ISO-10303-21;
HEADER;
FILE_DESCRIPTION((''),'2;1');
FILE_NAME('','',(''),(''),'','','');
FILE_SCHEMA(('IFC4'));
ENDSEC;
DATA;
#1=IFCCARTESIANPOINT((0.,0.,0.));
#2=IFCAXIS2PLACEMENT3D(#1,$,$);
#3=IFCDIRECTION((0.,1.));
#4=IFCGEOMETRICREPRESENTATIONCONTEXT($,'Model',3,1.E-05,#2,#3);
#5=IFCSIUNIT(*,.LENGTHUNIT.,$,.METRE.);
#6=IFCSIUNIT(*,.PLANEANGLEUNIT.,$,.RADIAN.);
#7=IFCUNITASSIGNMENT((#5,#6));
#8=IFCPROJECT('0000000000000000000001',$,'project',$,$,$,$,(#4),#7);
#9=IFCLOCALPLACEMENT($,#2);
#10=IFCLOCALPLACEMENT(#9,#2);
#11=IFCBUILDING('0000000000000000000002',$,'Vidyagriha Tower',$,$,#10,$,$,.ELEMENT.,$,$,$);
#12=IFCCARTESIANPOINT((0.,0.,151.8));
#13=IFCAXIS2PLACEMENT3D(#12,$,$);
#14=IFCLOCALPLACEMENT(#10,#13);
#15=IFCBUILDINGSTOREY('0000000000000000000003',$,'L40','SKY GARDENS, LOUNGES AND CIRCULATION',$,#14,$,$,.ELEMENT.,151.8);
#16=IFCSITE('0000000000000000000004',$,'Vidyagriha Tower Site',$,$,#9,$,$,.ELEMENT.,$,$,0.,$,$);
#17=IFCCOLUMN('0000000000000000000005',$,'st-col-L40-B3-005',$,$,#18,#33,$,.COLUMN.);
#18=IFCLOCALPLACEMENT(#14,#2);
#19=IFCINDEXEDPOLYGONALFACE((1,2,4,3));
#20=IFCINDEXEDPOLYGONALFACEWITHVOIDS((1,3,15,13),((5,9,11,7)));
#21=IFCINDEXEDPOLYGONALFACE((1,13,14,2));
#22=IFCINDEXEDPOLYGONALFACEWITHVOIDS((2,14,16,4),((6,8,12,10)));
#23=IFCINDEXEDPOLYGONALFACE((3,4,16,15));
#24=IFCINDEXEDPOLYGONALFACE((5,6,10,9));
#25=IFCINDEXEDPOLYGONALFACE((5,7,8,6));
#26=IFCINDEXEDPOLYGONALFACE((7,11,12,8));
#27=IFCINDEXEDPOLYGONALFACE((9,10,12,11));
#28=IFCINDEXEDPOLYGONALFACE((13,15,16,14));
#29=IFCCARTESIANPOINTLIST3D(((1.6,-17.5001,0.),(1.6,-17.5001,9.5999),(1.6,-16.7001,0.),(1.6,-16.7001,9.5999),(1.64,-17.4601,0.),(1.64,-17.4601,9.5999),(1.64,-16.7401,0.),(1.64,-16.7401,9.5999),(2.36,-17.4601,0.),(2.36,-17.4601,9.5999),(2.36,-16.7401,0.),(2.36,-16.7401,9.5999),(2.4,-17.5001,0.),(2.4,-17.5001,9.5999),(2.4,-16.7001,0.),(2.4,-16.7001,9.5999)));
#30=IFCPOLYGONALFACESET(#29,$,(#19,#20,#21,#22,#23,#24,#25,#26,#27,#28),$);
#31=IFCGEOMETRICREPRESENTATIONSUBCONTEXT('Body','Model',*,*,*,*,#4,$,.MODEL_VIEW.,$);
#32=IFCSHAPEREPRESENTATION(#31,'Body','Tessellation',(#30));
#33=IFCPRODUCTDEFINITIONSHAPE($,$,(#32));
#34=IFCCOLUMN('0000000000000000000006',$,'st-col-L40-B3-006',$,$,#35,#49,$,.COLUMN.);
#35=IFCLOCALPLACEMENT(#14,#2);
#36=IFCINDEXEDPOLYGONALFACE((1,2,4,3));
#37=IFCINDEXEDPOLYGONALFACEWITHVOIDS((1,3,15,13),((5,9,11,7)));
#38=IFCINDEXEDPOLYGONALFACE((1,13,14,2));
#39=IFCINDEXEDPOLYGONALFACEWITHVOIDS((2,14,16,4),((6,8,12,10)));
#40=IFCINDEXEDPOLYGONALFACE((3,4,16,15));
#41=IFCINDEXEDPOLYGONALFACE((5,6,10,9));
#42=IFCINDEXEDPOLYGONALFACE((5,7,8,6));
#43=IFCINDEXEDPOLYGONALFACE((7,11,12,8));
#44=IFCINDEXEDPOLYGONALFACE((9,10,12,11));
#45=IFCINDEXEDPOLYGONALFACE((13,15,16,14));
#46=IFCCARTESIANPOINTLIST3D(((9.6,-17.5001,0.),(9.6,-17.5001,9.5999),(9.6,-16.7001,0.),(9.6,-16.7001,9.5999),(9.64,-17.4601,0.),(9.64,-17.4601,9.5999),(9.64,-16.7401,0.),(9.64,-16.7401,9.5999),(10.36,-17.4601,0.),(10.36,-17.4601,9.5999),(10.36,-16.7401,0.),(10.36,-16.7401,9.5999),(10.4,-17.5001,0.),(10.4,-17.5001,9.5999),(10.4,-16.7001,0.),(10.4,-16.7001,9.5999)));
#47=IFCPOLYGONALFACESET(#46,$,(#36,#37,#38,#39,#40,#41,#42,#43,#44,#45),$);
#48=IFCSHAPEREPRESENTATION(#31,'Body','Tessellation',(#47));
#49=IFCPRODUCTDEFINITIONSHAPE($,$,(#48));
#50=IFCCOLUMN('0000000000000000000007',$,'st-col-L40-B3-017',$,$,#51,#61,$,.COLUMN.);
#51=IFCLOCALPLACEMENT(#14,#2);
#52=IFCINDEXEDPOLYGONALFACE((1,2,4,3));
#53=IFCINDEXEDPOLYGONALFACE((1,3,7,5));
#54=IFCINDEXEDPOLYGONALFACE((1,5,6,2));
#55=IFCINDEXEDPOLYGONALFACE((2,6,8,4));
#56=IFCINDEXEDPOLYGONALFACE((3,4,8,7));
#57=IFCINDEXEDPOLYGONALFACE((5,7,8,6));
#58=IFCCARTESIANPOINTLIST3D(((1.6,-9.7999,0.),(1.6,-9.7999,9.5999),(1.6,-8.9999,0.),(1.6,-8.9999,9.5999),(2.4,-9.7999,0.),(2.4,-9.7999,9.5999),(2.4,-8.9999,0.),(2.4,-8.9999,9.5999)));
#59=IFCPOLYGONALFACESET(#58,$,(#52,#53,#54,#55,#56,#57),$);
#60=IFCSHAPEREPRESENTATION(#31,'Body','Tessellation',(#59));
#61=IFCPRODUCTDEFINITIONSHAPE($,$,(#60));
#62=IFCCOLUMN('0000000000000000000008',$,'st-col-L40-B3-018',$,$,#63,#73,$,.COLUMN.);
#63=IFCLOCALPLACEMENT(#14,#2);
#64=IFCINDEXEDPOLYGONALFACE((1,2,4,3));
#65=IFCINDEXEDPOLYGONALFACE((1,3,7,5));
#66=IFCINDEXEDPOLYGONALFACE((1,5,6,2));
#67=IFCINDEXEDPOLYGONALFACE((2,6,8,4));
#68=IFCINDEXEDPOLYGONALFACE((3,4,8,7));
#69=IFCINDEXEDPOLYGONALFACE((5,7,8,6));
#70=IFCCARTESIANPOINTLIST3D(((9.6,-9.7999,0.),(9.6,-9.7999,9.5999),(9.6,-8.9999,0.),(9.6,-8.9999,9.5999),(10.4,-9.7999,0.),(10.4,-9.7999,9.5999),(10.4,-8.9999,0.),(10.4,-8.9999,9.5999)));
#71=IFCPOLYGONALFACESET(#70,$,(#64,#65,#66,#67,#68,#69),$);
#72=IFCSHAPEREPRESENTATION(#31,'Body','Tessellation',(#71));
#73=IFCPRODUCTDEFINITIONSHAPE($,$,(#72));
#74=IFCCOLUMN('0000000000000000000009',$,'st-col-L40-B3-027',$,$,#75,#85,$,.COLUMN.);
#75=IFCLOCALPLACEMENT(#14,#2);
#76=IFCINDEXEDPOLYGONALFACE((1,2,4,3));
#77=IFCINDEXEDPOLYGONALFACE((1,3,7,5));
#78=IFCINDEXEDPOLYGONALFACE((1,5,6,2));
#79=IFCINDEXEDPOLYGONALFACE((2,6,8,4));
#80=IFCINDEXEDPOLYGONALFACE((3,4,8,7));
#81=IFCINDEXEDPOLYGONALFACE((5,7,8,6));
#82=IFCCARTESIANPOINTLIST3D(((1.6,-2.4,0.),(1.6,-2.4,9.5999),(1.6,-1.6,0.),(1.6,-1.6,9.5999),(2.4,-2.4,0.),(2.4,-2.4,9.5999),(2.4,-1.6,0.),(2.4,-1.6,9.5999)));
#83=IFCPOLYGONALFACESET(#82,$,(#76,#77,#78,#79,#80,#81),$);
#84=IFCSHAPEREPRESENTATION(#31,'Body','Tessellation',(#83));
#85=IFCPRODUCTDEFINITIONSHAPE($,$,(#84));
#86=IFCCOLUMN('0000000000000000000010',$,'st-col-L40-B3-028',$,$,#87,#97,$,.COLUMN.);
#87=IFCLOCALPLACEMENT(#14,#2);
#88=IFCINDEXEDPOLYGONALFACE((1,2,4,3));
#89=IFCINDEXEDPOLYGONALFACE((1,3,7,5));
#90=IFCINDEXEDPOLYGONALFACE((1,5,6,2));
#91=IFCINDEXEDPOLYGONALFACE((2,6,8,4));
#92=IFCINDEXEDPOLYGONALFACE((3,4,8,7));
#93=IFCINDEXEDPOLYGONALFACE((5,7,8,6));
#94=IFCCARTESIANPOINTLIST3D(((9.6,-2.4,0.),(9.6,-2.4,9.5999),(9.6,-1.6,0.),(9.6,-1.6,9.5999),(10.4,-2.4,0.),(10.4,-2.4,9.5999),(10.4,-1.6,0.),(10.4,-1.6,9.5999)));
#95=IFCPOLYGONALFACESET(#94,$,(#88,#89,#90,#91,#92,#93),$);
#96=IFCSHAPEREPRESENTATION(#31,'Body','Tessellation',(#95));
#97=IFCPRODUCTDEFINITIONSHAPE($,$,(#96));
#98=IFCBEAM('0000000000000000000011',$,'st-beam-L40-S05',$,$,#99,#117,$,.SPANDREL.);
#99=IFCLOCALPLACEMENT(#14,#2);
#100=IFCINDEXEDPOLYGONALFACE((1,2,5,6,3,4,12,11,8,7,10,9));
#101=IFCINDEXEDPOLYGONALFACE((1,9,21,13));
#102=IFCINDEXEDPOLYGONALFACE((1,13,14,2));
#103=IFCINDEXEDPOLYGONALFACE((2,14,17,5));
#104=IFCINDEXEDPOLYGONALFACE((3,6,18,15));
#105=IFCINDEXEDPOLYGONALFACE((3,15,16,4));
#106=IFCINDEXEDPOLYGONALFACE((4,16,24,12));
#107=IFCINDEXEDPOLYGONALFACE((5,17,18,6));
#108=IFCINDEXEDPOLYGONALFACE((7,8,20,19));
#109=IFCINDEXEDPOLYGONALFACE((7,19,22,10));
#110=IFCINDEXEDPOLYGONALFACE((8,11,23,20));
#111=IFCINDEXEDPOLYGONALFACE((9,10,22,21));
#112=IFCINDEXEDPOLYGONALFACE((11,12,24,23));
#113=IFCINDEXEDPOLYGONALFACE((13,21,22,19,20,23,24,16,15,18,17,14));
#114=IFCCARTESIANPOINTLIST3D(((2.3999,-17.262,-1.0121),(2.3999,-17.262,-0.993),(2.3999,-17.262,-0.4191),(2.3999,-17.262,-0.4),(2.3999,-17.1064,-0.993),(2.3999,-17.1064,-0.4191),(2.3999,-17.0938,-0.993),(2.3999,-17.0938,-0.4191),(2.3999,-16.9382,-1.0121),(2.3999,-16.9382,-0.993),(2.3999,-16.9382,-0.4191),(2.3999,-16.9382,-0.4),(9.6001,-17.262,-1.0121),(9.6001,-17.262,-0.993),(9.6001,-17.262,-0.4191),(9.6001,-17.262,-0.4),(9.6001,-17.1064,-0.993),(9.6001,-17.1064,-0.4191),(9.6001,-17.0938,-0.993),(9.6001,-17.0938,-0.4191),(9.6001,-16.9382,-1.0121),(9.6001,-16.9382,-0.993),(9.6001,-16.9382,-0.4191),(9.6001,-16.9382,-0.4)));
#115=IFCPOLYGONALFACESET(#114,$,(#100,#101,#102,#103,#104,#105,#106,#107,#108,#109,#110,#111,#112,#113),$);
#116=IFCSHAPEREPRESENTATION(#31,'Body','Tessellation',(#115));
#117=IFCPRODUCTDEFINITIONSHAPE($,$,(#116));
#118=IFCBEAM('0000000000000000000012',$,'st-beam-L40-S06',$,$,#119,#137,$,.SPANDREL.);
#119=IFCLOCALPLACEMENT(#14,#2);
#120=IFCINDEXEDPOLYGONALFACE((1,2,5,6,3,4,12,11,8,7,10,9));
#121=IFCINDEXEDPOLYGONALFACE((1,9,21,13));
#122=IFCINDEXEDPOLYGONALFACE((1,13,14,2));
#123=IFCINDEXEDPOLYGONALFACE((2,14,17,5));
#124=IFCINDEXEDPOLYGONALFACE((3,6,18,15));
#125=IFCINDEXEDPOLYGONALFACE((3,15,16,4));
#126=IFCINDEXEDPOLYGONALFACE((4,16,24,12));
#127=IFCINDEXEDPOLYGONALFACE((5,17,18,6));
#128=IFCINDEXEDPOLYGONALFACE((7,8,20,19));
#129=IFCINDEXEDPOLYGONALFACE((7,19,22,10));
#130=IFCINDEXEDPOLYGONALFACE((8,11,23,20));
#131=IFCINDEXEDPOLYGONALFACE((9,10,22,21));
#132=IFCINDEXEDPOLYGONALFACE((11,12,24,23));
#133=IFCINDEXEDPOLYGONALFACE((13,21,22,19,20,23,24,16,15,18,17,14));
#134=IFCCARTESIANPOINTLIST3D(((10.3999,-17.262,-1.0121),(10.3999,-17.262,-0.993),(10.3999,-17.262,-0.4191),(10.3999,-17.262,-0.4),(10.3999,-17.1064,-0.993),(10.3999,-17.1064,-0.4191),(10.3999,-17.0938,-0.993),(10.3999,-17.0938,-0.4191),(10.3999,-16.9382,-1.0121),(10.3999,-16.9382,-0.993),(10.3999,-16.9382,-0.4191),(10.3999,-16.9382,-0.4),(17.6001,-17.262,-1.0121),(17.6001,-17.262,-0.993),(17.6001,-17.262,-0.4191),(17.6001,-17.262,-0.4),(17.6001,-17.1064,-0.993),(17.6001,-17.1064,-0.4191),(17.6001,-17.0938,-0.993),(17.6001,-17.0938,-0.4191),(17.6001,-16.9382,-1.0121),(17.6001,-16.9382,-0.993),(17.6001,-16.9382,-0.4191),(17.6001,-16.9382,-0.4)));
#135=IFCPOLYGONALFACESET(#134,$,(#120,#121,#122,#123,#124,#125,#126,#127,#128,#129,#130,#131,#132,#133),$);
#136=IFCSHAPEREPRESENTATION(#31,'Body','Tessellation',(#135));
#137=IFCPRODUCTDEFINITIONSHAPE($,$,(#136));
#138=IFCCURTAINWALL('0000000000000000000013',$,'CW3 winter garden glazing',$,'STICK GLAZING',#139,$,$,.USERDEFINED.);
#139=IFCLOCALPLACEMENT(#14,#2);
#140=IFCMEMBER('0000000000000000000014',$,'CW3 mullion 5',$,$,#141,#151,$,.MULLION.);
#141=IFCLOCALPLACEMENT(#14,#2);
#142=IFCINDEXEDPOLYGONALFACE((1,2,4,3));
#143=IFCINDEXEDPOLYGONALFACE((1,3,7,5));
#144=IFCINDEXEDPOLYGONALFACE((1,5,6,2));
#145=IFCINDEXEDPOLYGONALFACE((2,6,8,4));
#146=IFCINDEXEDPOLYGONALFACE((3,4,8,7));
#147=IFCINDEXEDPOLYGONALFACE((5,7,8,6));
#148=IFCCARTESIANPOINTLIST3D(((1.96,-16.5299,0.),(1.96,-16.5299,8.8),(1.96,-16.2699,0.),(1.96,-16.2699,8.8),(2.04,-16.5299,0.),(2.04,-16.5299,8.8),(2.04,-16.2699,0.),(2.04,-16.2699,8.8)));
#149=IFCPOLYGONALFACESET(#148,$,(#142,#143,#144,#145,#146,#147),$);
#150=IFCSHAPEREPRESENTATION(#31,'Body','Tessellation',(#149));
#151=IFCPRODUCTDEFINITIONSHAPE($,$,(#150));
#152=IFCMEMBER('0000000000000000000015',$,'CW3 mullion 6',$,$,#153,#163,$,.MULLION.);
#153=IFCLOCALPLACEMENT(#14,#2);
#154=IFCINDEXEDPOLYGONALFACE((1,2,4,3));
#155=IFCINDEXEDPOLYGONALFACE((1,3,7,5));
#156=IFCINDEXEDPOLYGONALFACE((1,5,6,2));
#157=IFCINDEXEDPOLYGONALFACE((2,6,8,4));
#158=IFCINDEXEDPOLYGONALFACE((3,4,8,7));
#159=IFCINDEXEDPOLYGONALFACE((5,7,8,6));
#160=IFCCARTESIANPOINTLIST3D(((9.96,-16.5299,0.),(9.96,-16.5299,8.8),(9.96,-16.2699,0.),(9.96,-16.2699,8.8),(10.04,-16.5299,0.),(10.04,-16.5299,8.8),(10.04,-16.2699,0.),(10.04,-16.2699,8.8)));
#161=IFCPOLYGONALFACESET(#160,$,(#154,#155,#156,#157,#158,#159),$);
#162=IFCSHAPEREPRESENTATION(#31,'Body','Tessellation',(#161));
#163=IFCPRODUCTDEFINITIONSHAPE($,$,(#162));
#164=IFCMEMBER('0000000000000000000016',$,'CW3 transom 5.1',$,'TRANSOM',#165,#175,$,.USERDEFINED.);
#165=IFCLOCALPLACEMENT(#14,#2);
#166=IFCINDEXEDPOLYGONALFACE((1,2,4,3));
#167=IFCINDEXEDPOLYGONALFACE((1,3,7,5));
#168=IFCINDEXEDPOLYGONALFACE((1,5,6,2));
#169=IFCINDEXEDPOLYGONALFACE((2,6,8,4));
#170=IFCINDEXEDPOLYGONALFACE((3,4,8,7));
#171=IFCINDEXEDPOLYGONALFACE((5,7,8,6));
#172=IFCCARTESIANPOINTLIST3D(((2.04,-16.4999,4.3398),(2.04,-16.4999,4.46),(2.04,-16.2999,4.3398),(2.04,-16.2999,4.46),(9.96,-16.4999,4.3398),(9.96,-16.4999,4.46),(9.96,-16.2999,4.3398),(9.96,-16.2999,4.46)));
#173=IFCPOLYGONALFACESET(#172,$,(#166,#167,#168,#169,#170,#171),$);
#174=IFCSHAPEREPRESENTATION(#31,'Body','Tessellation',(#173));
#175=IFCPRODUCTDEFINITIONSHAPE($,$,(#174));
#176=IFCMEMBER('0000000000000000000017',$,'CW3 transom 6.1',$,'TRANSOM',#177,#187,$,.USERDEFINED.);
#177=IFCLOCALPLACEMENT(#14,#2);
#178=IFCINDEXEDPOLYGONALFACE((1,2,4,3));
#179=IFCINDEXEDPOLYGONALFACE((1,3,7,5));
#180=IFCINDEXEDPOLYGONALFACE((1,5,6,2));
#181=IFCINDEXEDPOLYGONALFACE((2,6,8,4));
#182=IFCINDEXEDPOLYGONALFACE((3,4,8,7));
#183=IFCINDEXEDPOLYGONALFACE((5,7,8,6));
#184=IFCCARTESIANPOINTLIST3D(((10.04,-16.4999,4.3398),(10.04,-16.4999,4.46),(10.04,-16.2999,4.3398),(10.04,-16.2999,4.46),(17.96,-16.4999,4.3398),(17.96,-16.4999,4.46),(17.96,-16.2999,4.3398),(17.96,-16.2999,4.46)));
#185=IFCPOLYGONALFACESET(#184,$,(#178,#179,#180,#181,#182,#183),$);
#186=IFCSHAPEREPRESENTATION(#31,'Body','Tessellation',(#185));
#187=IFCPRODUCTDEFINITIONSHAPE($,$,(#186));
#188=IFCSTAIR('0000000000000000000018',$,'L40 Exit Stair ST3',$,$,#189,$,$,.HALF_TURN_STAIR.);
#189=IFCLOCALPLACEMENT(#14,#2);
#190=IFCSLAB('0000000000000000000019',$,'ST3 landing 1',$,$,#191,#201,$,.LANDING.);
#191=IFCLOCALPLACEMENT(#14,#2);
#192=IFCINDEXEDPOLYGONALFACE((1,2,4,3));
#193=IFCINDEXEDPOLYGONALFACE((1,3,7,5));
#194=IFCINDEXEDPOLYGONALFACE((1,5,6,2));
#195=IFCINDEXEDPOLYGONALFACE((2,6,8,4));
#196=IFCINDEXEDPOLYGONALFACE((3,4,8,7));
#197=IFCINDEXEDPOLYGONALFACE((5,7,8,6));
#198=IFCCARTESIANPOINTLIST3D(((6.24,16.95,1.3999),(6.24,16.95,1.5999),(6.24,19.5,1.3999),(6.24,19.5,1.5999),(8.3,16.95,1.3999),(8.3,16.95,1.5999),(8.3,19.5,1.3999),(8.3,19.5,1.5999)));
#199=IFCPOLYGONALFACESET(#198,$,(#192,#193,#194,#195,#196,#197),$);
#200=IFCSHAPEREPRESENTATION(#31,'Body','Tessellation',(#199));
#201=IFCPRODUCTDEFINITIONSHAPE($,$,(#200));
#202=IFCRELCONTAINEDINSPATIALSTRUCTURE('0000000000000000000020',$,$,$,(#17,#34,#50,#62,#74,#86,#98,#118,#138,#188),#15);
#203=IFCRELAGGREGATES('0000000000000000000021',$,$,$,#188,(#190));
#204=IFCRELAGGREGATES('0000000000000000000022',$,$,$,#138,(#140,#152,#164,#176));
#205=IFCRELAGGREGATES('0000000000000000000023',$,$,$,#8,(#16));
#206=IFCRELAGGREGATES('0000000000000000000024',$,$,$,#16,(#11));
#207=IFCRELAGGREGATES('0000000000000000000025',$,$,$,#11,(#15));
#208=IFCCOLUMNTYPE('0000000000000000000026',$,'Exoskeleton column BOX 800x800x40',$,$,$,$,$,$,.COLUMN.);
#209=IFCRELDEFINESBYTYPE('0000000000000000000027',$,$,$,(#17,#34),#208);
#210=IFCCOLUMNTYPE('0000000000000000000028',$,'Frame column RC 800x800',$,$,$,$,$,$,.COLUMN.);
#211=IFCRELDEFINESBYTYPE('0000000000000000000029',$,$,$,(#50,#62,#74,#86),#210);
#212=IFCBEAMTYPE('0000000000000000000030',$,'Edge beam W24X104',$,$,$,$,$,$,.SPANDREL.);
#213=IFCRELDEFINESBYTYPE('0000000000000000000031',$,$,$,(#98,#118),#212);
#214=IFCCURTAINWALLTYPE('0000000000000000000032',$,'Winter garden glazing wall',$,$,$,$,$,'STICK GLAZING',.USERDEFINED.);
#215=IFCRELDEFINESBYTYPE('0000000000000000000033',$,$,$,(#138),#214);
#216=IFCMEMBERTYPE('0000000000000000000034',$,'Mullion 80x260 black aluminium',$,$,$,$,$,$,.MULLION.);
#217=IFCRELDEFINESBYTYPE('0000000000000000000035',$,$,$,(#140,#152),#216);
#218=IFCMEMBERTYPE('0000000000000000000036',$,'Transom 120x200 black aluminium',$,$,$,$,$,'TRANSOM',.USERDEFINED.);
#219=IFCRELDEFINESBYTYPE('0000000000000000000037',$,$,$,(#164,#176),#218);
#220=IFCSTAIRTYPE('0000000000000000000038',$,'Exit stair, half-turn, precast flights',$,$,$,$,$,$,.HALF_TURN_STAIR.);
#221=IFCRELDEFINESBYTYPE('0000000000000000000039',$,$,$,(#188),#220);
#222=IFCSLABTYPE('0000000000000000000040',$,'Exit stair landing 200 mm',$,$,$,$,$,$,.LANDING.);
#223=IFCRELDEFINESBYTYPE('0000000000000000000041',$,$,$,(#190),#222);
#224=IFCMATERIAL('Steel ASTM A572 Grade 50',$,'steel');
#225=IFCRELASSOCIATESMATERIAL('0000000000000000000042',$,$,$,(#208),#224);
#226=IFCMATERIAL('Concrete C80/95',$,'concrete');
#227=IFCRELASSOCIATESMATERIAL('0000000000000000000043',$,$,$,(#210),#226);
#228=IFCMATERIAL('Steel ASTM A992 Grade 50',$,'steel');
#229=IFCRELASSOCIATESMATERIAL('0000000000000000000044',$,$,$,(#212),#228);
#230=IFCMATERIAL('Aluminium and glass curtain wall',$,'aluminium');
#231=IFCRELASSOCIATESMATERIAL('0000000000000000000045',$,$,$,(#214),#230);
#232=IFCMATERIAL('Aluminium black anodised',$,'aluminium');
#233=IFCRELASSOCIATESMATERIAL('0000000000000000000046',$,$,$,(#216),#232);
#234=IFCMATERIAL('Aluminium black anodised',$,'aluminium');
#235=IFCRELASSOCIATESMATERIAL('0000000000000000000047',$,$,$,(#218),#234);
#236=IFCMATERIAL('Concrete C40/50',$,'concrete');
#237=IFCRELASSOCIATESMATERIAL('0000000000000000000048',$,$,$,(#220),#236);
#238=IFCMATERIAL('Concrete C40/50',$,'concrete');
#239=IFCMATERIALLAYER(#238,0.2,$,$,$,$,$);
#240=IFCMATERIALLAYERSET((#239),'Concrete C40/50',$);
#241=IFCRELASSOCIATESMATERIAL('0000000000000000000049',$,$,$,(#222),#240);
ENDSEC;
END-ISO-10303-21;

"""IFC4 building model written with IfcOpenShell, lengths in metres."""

from ifc_helpers import new_model, si_unit, direction, frame, origin, origin_2d, place, context, subcontext, project, spatial, polyline, rectangle, hollow_rectangle, i_section, outline, extrude, material, layer, layer_set, material_profile, profile_set, type_object, element, aggregate, save


model = new_model("IFC4")

# Units and contexts
model_context = context("Model", 3, precision=1e-05, world=origin(), true_north=direction((0.0, 1.0)))
body_context = subcontext(model_context, "Body", "Model", "MODEL_VIEW")
ifc_project = project(units=[si_unit("LENGTHUNIT", "METRE"), si_unit("PLANEANGLEUNIT", "RADIAN")], contexts=[model_context])

# Site, building, storey
site_placement = place(None, origin())
site = spatial("IfcSite", under=ifc_project, at=site_placement, Name="Vidyagriha Tower Site", CompositionType="ELEMENT", RefElevation=0.0)
building_placement = place(site_placement, origin())
building = spatial("IfcBuilding", under=site, at=building_placement, Name="Vidyagriha Tower", CompositionType="ELEMENT")
storey_placement = place(building_placement, frame((0.0, 0.0, 151.8)))
storey = spatial("IfcBuildingStorey", under=building, at=storey_placement, Name="L40", Description="SKY GARDENS, LOUNGES AND CIRCULATION", CompositionType="ELEMENT", Elevation=151.8)

# Columns
ifc_material_1 = material(Name="Steel ASTM A572 Grade 50", Category="steel")
ifc_material_profile_1 = material_profile(ifc_material_1, hollow_rectangle(XDim=0.8, YDim=0.8, WallThickness=0.04, at=origin_2d()), Name="BOX 800x800x40")
ifc_profile_set_1 = profile_set([ifc_material_profile_1], Name="Steel ASTM A572 Grade 50")
column_type_1 = type_object("IfcColumnType", Name="Exoskeleton column BOX 800x800x40", PredefinedType="COLUMN", material=ifc_profile_set_1)
for number, where, name in (
    (1, (2.0, -17.1001, 0.0), "st-col-L40-B3-005"),
    (2, (10.0, -17.1001, 0.0), "st-col-L40-B3-006"),
):
    element("IfcColumn", number, at=place(storey_placement, frame(where)), inside=storey, type_object=column_type_1, Name=name, PredefinedType="COLUMN", context=body_context, shape_type="SweptSolid", body=[
        extrude(hollow_rectangle(XDim=0.8, YDim=0.8, WallThickness=0.04, at=origin_2d()), origin(), (0.0, 0.0, 1.0), 9.5999),
    ])
ifc_material_2 = material(Name="Concrete C80/95", Category="concrete")
ifc_material_profile_2 = material_profile(ifc_material_2, rectangle(XDim=0.8, YDim=0.8, at=origin_2d()), Name="RC 800x800")
ifc_profile_set_2 = profile_set([ifc_material_profile_2], Name="Concrete C80/95")
column_type_2 = type_object("IfcColumnType", Name="Frame column RC 800x800", PredefinedType="COLUMN", material=ifc_profile_set_2)
for number, where, name in (
    (3, (2.0, -9.3999, 0.0), "st-col-L40-B3-017"),
    (4, (10.0, -9.3999, 0.0), "st-col-L40-B3-018"),
    (5, (2.0, -2.0, 0.0), "st-col-L40-B3-027"),
    (6, (10.0, -2.0, 0.0), "st-col-L40-B3-028"),
):
    element("IfcColumn", number, at=place(storey_placement, frame(where)), inside=storey, type_object=column_type_2, Name=name, PredefinedType="COLUMN", context=body_context, shape_type="SweptSolid", body=[
        extrude(rectangle(XDim=0.8, YDim=0.8, at=origin_2d()), origin(), (0.0, 0.0, 1.0), 9.5999),
    ])

# Beams
ifc_material_3 = material(Name="Steel ASTM A992 Grade 50", Category="steel")
ifc_material_profile_3 = material_profile(ifc_material_3, i_section(OverallWidth=0.3237, OverallDepth=0.6121, WebThickness=0.0127, FlangeThickness=0.019, at=origin_2d()), Name="W24X104")
ifc_profile_set_3 = profile_set([ifc_material_profile_3], Name="Steel ASTM A992 Grade 50")
beam_type = type_object("IfcBeamType", Name="Edge beam W24X104", PredefinedType="SPANDREL", material=ifc_profile_set_3)
for number, where, z_axis, x_axis, name in (
    (7, (2.3999, -17.1001, -0.7061), (1.0, 0.0, 0.0), (0.0, 1.0, 0.0), "st-beam-L40-S05"),
    (8, (10.3999, -17.1001, -0.7061), (1.0, 0.0, 0.0), (0.0, 1.0, 0.0), "st-beam-L40-S06"),
):
    element("IfcBeam", number, at=place(storey_placement, frame(where, z_axis=z_axis, x_axis=x_axis)), inside=storey, type_object=beam_type, Name=name, PredefinedType="SPANDREL", context=body_context, shape_type="SweptSolid", body=[
        extrude(i_section(OverallWidth=0.3237, OverallDepth=0.6121, WebThickness=0.0127, FlangeThickness=0.019, at=origin_2d()), origin(), (0.0, 0.0, 1.0), 7.2002),
    ])

# Curtain wall, members
ifc_material_4 = material(Name="Aluminium and glass curtain wall", Category="aluminium")
curtain_wall_type = type_object("IfcCurtainWallType", Name="Winter garden glazing wall", ElementType="STICK GLAZING", PredefinedType="USERDEFINED", material=ifc_material_4)
curtain_wall_placement = place(storey_placement, origin())
curtain_wall = element("IfcCurtainWall", 9, at=curtain_wall_placement, inside=storey, type_object=curtain_wall_type, Name="CW3 winter garden glazing", ObjectType="STICK GLAZING", PredefinedType="USERDEFINED")
ifc_material_5 = material(Name="Aluminium black anodised", Category="aluminium")
ifc_material_profile_4 = material_profile(ifc_material_5, rectangle(XDim=0.26, YDim=0.0801, at=origin_2d()), Name="Mullion 80x260 black aluminium")
ifc_profile_set_4 = profile_set([ifc_material_profile_4], Name="Aluminium black anodised")
member_type_1 = type_object("IfcMemberType", Name="Mullion 80x260 black aluminium", PredefinedType="MULLION", material=ifc_profile_set_4)
member_1_placement = place(storey_placement, frame((2.0, -16.3999, 0.0), z_axis=(0.0, 0.0, 1.0), x_axis=(0.0, 1.0, 0.0)))
member_1 = element("IfcMember", 10, at=member_1_placement, type_object=member_type_1, Name="CW3 mullion 5", PredefinedType="MULLION", context=body_context, shape_type="SweptSolid", body=[
    extrude(rectangle(XDim=0.26, YDim=0.0801, at=origin_2d()), origin(), (0.0, 0.0, 1.0), 8.8),
])
member_2_placement = place(storey_placement, frame((10.0, -16.3999, 0.0), z_axis=(0.0, 0.0, 1.0), x_axis=(0.0, 1.0, 0.0)))
member_2 = element("IfcMember", 11, at=member_2_placement, type_object=member_type_1, Name="CW3 mullion 6", PredefinedType="MULLION", context=body_context, shape_type="SweptSolid", body=[
    extrude(rectangle(XDim=0.26, YDim=0.0801, at=origin_2d()), origin(), (0.0, 0.0, 1.0), 8.8),
])
ifc_material_6 = material(Name="Aluminium black anodised", Category="aluminium")
ifc_material_profile_5 = material_profile(ifc_material_6, rectangle(XDim=0.2, YDim=0.1201, at=origin_2d()), Name="Transom 120x200 black aluminium")
ifc_profile_set_5 = profile_set([ifc_material_profile_5], Name="Aluminium black anodised")
member_type_2 = type_object("IfcMemberType", Name="Transom 120x200 black aluminium", ElementType="TRANSOM", PredefinedType="USERDEFINED", material=ifc_profile_set_5)
member_3_placement = place(storey_placement, frame((2.04, -16.3999, 4.3999), z_axis=(1.0, 0.0, 0.0), x_axis=(0.0, 1.0, 0.0)))
member_3 = element("IfcMember", 12, at=member_3_placement, type_object=member_type_2, Name="CW3 transom 5.1", ObjectType="TRANSOM", PredefinedType="USERDEFINED", context=body_context, shape_type="SweptSolid", body=[
    extrude(rectangle(XDim=0.2, YDim=0.1201, at=origin_2d()), origin(), (0.0, 0.0, 1.0), 7.9199),
])
member_4_placement = place(storey_placement, frame((10.04, -16.3999, 4.3999), z_axis=(1.0, 0.0, 0.0), x_axis=(0.0, 1.0, 0.0)))
member_4 = element("IfcMember", 13, at=member_4_placement, type_object=member_type_2, Name="CW3 transom 6.1", ObjectType="TRANSOM", PredefinedType="USERDEFINED", context=body_context, shape_type="SweptSolid", body=[
    extrude(rectangle(XDim=0.2, YDim=0.1201, at=origin_2d()), origin(), (0.0, 0.0, 1.0), 7.9199),
])

# Stair, slab
ifc_material_7 = material(Name="Concrete C40/50", Category="concrete")
stair_type = type_object("IfcStairType", Name="Exit stair, half-turn, precast flights", PredefinedType="HALF_TURN_STAIR", material=ifc_material_7)
stair_placement = place(storey_placement, origin())
stair = element("IfcStair", 14, at=stair_placement, inside=storey, type_object=stair_type, Name="L40 Exit Stair ST3", PredefinedType="HALF_TURN_STAIR")
ifc_material_8 = material(Name="Concrete C40/50", Category="concrete")
ifc_layer_1 = layer(ifc_material_8, 0.2)
ifc_layer_set_1 = layer_set([ifc_layer_1], Name="Concrete C40/50")
slab_type = type_object("IfcSlabType", Name="Exit stair landing 200 mm", PredefinedType="LANDING", material=ifc_layer_set_1)
slab_1_placement = place(storey_placement, frame((0.0, 0.0, 1.3999)))
slab_1 = element("IfcSlab", 15, at=slab_1_placement, type_object=slab_type, Name="ST3 landing 1", PredefinedType="LANDING", context=body_context, shape_type="SweptSolid", body=[
    extrude(outline(polyline([(6.24, 16.95), (8.3, 16.95), (8.3, 19.5), (6.24, 19.5), (6.24, 16.95)])), origin(), (0.0, 0.0, 1.0), 0.2),
])
aggregate(stair, [slab_1])

aggregate(curtain_wall, [member_1, member_2, member_3, member_4])

save(model, "model.ifc")
